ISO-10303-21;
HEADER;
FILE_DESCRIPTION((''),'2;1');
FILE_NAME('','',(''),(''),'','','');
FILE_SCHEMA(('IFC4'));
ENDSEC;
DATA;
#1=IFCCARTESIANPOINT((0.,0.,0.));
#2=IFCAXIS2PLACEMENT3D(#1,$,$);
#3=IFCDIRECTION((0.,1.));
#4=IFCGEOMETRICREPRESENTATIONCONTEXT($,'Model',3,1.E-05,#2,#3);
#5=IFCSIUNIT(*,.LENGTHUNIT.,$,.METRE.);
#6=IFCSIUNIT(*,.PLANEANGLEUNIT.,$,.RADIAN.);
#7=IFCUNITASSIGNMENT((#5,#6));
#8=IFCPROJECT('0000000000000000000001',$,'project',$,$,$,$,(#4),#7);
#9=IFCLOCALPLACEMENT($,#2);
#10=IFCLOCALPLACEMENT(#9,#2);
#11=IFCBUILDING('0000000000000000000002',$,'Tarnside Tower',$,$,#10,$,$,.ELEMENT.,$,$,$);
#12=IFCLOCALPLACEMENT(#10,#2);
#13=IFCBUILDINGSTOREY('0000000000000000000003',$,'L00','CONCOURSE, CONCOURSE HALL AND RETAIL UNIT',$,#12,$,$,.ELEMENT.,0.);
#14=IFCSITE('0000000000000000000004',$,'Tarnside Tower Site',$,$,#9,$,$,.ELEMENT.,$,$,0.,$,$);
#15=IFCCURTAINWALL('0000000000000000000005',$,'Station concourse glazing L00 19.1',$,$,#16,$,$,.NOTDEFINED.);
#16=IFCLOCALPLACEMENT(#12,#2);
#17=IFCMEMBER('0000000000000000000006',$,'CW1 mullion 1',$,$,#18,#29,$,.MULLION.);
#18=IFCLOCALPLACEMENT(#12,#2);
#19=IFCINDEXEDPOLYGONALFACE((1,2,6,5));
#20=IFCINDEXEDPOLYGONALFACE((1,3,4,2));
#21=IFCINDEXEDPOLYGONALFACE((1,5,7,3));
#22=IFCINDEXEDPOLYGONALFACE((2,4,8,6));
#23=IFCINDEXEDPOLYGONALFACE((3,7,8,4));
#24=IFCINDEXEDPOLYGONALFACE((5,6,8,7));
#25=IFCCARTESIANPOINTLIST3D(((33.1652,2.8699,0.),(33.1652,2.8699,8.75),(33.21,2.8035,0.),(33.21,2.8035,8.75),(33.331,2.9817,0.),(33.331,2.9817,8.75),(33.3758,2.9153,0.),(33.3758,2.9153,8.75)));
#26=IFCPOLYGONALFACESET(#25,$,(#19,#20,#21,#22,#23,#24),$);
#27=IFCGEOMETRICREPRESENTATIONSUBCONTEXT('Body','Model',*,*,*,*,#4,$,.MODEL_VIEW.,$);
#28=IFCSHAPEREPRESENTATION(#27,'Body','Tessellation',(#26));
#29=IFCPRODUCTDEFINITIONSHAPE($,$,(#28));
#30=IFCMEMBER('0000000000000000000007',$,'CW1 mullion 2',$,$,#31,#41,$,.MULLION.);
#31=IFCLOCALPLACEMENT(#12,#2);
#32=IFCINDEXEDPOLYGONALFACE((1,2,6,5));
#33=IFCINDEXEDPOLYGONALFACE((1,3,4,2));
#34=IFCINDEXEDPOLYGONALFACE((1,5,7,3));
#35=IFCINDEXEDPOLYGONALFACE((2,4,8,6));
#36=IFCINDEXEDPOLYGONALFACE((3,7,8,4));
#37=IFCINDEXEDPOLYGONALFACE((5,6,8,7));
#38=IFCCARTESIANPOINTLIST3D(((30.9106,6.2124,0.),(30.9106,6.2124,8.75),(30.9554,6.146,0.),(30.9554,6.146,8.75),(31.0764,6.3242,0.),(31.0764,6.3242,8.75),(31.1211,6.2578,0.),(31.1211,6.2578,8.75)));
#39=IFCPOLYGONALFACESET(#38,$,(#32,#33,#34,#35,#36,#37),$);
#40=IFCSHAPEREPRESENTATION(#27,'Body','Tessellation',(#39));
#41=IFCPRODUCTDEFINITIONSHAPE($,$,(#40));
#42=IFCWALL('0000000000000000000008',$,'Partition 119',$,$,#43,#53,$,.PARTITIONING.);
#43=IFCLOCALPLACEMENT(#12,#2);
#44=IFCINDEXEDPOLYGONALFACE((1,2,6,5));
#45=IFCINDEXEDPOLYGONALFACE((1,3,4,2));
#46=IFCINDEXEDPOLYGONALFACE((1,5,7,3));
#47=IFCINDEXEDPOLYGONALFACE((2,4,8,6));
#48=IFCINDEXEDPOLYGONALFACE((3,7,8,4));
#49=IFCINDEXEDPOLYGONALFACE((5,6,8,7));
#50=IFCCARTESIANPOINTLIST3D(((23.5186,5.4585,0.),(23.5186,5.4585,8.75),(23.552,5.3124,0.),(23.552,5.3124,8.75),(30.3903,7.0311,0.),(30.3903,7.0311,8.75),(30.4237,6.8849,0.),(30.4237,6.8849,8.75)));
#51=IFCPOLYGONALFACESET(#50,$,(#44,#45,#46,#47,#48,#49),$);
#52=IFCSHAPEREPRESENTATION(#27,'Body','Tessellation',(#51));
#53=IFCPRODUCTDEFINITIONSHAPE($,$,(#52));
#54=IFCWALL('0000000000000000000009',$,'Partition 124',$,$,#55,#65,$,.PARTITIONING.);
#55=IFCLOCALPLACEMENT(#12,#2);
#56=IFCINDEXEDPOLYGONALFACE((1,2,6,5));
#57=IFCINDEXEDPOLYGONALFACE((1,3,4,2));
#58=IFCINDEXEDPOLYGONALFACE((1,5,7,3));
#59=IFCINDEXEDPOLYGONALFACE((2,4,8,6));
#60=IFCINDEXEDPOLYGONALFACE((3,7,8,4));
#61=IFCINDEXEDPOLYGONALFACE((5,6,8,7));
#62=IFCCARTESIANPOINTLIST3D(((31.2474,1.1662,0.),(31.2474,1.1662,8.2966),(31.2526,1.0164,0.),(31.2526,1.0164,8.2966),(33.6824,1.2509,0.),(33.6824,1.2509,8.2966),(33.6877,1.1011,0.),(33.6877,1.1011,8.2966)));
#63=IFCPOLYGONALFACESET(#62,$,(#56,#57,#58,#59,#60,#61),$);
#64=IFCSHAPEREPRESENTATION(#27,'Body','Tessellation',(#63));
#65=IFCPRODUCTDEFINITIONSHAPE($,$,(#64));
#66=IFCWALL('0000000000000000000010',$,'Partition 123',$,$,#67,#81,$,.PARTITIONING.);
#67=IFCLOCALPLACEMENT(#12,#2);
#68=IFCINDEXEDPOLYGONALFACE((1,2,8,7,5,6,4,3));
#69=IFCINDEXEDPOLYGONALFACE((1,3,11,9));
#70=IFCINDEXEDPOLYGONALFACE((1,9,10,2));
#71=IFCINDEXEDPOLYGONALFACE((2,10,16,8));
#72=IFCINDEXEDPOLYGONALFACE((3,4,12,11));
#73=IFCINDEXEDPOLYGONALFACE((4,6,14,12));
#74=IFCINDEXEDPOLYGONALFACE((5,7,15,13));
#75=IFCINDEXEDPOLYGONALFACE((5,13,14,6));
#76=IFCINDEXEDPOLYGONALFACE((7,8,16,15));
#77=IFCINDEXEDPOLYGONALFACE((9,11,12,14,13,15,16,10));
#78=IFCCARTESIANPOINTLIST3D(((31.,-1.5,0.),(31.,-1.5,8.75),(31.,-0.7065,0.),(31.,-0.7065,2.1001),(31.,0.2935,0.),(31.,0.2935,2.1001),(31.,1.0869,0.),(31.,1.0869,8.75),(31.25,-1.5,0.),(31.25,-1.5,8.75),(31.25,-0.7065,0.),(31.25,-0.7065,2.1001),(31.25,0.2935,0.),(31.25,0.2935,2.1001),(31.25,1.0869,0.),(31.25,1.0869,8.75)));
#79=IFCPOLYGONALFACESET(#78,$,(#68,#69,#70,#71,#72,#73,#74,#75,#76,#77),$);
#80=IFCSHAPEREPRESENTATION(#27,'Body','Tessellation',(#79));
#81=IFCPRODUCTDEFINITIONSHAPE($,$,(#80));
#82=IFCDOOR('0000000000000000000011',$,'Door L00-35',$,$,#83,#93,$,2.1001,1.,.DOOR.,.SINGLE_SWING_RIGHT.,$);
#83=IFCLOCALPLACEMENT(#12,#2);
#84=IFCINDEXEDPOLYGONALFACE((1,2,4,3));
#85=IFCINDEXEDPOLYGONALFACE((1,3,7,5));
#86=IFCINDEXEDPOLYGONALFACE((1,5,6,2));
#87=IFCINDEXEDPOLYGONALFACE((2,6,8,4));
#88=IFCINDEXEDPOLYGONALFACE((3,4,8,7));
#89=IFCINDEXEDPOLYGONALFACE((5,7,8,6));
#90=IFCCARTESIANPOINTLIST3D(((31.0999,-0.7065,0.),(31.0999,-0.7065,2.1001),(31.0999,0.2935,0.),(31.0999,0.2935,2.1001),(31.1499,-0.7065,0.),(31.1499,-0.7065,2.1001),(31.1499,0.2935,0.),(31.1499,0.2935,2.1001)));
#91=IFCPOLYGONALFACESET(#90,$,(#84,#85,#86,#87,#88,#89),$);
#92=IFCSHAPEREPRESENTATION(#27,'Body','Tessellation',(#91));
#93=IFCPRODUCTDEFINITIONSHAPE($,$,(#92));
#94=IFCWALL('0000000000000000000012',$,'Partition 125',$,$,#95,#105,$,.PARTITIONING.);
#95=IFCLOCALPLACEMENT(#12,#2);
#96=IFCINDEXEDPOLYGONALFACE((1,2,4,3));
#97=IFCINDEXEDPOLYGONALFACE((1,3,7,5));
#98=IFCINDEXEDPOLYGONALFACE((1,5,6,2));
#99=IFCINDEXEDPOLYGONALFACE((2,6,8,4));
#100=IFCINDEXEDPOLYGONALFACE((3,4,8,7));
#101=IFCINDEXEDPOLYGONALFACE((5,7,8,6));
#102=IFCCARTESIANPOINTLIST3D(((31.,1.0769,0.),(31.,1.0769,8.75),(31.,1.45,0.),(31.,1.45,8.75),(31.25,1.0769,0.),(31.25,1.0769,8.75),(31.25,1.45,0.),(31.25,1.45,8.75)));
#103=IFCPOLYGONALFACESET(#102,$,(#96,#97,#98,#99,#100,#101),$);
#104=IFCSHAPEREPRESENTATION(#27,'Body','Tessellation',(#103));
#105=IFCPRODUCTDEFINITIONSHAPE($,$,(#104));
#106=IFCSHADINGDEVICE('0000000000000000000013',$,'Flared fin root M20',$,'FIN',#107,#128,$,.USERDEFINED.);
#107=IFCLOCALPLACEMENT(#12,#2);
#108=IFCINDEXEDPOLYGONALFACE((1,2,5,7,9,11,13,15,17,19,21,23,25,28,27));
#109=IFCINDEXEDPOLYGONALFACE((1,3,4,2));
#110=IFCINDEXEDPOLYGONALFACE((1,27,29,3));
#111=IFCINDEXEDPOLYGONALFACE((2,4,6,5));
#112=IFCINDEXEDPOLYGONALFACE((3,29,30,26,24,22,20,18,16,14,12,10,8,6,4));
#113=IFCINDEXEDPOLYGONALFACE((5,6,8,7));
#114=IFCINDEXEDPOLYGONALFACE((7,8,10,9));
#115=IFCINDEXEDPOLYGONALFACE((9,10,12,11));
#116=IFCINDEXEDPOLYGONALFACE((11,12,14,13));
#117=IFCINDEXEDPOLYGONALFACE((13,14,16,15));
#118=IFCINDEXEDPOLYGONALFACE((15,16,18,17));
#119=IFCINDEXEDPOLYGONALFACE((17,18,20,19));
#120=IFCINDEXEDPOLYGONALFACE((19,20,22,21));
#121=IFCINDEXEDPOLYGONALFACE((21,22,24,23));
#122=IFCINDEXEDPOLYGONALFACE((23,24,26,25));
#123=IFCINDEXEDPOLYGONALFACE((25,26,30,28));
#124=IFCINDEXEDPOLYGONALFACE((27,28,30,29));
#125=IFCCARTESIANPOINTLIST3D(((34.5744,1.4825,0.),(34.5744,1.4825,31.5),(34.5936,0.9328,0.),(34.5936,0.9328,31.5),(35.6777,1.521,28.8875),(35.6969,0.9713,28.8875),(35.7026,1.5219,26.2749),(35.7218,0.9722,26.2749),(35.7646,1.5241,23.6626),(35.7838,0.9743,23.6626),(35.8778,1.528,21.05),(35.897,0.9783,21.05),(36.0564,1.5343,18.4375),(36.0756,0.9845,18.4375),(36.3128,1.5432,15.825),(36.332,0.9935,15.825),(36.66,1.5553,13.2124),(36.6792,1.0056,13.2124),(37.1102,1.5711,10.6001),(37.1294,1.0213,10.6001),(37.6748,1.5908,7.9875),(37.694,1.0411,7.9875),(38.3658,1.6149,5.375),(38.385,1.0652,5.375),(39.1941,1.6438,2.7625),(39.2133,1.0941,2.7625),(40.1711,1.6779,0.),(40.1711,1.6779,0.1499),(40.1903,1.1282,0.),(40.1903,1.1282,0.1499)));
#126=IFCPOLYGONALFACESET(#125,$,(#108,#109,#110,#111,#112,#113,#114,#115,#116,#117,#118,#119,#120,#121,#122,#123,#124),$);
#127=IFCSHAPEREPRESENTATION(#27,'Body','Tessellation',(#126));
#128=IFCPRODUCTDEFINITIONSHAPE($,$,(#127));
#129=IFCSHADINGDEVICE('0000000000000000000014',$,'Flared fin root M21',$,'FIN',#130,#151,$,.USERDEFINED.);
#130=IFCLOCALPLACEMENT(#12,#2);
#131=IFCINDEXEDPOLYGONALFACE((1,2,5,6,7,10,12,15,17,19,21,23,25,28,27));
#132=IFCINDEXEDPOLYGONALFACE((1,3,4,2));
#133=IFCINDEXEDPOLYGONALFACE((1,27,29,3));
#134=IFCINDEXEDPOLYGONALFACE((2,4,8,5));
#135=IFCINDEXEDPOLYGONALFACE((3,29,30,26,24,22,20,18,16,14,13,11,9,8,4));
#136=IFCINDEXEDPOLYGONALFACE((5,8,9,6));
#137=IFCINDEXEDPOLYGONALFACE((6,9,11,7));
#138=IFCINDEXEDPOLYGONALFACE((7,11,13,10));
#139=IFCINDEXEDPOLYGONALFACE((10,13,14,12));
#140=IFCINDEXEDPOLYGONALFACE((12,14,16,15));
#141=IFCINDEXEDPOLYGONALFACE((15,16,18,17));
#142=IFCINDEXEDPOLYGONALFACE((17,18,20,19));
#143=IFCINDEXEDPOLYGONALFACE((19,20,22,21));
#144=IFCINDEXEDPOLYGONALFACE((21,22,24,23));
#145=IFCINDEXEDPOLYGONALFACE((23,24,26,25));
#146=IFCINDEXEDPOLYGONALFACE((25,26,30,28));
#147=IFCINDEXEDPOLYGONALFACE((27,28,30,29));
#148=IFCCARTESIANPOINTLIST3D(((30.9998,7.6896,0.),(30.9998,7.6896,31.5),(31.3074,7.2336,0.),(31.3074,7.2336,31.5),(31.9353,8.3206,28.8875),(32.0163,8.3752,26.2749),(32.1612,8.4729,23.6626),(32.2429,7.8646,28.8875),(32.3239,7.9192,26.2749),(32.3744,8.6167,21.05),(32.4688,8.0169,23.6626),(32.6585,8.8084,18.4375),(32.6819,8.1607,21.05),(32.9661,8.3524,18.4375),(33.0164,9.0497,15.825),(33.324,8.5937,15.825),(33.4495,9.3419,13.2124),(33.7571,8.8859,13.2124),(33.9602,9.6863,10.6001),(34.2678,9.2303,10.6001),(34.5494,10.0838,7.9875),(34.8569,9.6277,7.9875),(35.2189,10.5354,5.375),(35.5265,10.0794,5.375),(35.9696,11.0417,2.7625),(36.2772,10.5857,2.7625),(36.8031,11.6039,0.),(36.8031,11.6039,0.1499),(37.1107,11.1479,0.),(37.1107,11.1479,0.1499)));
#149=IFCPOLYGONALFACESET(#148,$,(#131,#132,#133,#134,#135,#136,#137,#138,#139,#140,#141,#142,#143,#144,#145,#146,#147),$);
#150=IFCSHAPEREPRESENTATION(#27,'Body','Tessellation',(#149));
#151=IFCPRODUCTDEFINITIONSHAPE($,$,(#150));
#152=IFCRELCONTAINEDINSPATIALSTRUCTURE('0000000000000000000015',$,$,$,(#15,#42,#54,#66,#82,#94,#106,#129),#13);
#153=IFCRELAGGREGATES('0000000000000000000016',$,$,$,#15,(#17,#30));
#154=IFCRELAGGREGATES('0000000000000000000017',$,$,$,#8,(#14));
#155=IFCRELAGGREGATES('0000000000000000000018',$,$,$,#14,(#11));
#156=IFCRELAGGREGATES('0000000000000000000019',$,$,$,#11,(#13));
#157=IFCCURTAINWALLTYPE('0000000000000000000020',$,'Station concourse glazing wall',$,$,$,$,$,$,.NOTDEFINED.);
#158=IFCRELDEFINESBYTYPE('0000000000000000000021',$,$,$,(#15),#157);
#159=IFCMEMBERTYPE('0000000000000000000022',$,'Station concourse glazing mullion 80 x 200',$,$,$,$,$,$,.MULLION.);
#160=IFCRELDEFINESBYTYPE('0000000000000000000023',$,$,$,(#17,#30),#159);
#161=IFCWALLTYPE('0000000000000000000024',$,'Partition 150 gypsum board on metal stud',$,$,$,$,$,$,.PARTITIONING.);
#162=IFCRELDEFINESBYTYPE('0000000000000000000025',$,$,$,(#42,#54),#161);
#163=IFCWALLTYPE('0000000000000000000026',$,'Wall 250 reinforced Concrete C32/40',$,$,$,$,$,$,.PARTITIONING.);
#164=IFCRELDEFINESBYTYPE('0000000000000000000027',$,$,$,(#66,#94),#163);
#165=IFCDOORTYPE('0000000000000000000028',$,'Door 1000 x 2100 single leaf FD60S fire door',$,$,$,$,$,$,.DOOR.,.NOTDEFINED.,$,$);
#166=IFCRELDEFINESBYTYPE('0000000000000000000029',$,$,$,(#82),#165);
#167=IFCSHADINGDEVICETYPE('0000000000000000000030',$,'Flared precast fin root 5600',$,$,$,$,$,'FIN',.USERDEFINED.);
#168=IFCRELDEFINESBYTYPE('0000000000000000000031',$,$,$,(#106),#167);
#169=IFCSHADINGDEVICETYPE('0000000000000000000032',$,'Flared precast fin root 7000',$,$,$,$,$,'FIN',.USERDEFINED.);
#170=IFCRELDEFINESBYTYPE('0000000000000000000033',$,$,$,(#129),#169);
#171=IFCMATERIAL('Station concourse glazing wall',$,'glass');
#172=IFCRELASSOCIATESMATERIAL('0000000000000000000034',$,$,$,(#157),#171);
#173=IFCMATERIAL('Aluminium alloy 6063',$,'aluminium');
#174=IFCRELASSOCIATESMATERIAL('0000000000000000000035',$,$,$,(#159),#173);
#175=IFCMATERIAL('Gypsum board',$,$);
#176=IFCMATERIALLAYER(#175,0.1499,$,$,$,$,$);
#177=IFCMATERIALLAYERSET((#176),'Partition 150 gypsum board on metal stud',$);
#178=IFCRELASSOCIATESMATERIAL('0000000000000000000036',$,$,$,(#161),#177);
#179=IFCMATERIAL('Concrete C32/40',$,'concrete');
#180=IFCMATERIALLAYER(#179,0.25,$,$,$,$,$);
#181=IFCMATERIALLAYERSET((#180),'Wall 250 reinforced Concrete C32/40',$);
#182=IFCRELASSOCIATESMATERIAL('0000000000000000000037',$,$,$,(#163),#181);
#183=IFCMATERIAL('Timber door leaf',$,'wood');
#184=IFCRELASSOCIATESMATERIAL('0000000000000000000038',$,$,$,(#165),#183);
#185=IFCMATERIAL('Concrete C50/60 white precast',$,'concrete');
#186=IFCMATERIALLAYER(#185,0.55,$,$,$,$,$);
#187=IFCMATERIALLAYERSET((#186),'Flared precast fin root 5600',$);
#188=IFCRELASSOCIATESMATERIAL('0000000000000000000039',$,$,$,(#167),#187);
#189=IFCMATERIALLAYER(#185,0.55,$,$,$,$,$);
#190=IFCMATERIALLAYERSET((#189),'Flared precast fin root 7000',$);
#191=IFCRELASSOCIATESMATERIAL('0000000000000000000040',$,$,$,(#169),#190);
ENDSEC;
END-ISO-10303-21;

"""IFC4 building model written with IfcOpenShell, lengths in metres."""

from ifc_helpers import new_model, si_unit, direction, frame, frame_2d, origin, origin_2d, place, context, subcontext, project, spatial, polyline, rectangle, outline, extrude, material, layer, layer_set, material_profile, profile_set, type_object, element, fill, aggregate, save


model = new_model("IFC4")

# Units and contexts
model_context = context("Model", 3, precision=1e-05, world=origin(), true_north=direction((0.0, 1.0)))
body_context = subcontext(model_context, "Body", "Model", "MODEL_VIEW")
ifc_project = project(units=[si_unit("LENGTHUNIT", "METRE"), si_unit("PLANEANGLEUNIT", "RADIAN")], contexts=[model_context])

# Site, building, storey
site_placement = place(None, origin())
site = spatial("IfcSite", under=ifc_project, at=site_placement, Name="Tarnside Tower Site", CompositionType="ELEMENT", RefElevation=0.0)
building_placement = place(site_placement, origin())
building = spatial("IfcBuilding", under=site, at=building_placement, Name="Tarnside Tower", CompositionType="ELEMENT")
storey_placement = place(building_placement, origin())
storey = spatial("IfcBuildingStorey", under=building, at=storey_placement, Name="L00", Description="CONCOURSE, CONCOURSE HALL AND RETAIL UNIT", CompositionType="ELEMENT", Elevation=0.0)

# Shared definitions
ifc_material_1 = material(Name="Aluminium alloy 6063", Category="aluminium")
ifc_material_2 = material(Name="Station concourse glazing wall", Category="glass")
curtain_wall_type_1 = type_object("IfcCurtainWallType", Name="Station concourse glazing wall", PredefinedType="NOTDEFINED", material=ifc_material_2)
ifc_material_profile_1 = material_profile(ifc_material_1, rectangle(XDim=0.2, YDim=0.0801, at=origin_2d()), Name="Station concourse glazing mullion 80 x 200")
ifc_profile_set_1 = profile_set([ifc_material_profile_1], Name="Aluminium alloy 6063")
member_type_1 = type_object("IfcMemberType", Name="Station concourse glazing mullion 80 x 200", PredefinedType="MULLION", material=ifc_profile_set_1)

# Curtain wall, members
curtain_wall_1_placement = place(storey_placement, origin())
curtain_wall_1 = element("IfcCurtainWall", 1, at=curtain_wall_1_placement, inside=storey, type_object=curtain_wall_type_1, Name="Station concourse glazing L00 19.1", PredefinedType="NOTDEFINED")
member_1_placement = place(storey_placement, frame((33.2705, 2.8926, 0.0), z_axis=(0.0, 0.0, 1.0), x_axis=(-0.829038, -0.559193, 0.0)))
member_1 = element("IfcMember", 2, at=member_1_placement, type_object=member_type_1, Name="CW1 mullion 1", PredefinedType="MULLION", context=body_context, shape_type="SweptSolid", body=[
    extrude(rectangle(XDim=0.2, YDim=0.0801, at=origin_2d()), origin(), (0.0, 0.0, 1.0), 8.75),
])
member_2_placement = place(storey_placement, frame((31.0159, 6.2351, 0.0), z_axis=(0.0, 0.0, 1.0), x_axis=(-0.829038, -0.559193, 0.0)))
member_2 = element("IfcMember", 3, at=member_2_placement, type_object=member_type_1, Name="CW1 mullion 2", PredefinedType="MULLION", context=body_context, shape_type="SweptSolid", body=[
    extrude(rectangle(XDim=0.2, YDim=0.0801, at=origin_2d()), origin(), (0.0, 0.0, 1.0), 8.75),
])
aggregate(curtain_wall_1, [member_1, member_2])

# Walls
ifc_material_3 = material(Name="Gypsum board")
ifc_layer_1 = layer(ifc_material_3, 0.1499)
ifc_layer_set_1 = layer_set([ifc_layer_1], Name="Partition 150 gypsum board on metal stud")
wall_type_1 = type_object("IfcWallType", Name="Partition 150 gypsum board on metal stud", PredefinedType="PARTITIONING", material=ifc_layer_set_1)
wall_1_placement = place(storey_placement, frame((30.407, 6.958, 0.0), z_axis=(0.0, 0.0, 1.0), x_axis=(-0.974801, -0.223076, 0.0)))
element("IfcWall", 4, at=wall_1_placement, inside=storey, type_object=wall_type_1, Name="Partition 119", PredefinedType="PARTITIONING", context=body_context, shape_type="SweptSolid", body=[
    extrude(rectangle(XDim=7.0493, YDim=0.1499, at=frame_2d((3.5247, 0.0))), origin(), (0.0, 0.0, 1.0), 8.75),
])
wall_2_placement = place(storey_placement, frame((31.25, 1.0913, 0.0), z_axis=(0.0, 0.0, 1.0), x_axis=(0.999395, 0.034769, 0.0)))
element("IfcWall", 5, at=wall_2_placement, inside=storey, type_object=wall_type_1, Name="Partition 124", PredefinedType="PARTITIONING", context=body_context, shape_type="SweptSolid", body=[
    extrude(rectangle(XDim=2.4365, YDim=0.1499, at=frame_2d((1.2183, 0.0))), origin(), (0.0, 0.0, 1.0), 8.2966),
])

# Wall, opening, door
ifc_material_4 = material(Name="Concrete C32/40", Category="concrete")
ifc_layer_2 = layer(ifc_material_4, 0.25)
ifc_layer_set_2 = layer_set([ifc_layer_2], Name="Wall 250 reinforced Concrete C32/40")
wall_type_2 = type_object("IfcWallType", Name="Wall 250 reinforced Concrete C32/40", PredefinedType="PARTITIONING", material=ifc_layer_set_2)
wall_3_placement = place(storey_placement, frame((31.125, 1.0869, 0.0), z_axis=(0.0, 0.0, 1.0), x_axis=(0.0, -1.0, 0.0)))
wall_3 = element("IfcWall", 6, at=wall_3_placement, inside=storey, type_object=wall_type_2, Name="Partition 123", PredefinedType="PARTITIONING", context=body_context, shape_type="SweptSolid", body=[
    extrude(rectangle(XDim=2.5869, YDim=0.25, at=frame_2d((1.2935, 0.0))), origin(), (0.0, 0.0, 1.0), 8.75),
])
opening_placement = place(wall_3_placement, frame((0.7935, 0.0, 0.0)))
opening = element("IfcOpeningElement", 7, at=opening_placement, cuts=wall_3, PredefinedType="OPENING", context=body_context, shape_type="SweptSolid", body=[
    extrude(rectangle(XDim=1.0, YDim=2.1001, at=frame_2d((0.5, 1.05))), frame((0.0, 0.135, 0.0), z_axis=(0.0, -1.0, 0.0), x_axis=(1.0, 0.0, 0.0)), (0.0, 0.0, 1.0), 0.27),
])
ifc_material_5 = material(Name="Timber door leaf", Category="wood")
door_type = type_object("IfcDoorType", Name="Door 1000 x 2100 single leaf FD60S fire door", OperationType="NOTDEFINED", PredefinedType="DOOR", material=ifc_material_5)
door_placement = place(opening_placement, origin())
door = element("IfcDoor", 8, at=door_placement, inside=storey, type_object=door_type, Name="Door L00-35", OperationType="SINGLE_SWING_RIGHT", OverallHeight=2.1001, OverallWidth=1.0, PredefinedType="DOOR", context=body_context, shape_type="SweptSolid", body=[
    extrude(rectangle(XDim=1.0, YDim=2.1001, at=frame_2d((0.5, 1.05))), frame((0.0, 0.0249, 0.0), z_axis=(0.0, -1.0, 0.0), x_axis=(1.0, 0.0, 0.0)), (0.0, 0.0, 1.0), 0.05),
])
fill(opening, door)

# Wall
wall_4_placement = place(storey_placement, frame((31.125, 1.45, 0.0), z_axis=(0.0, 0.0, 1.0), x_axis=(0.0, -1.0, 0.0)))
element("IfcWall", 9, at=wall_4_placement, inside=storey, type_object=wall_type_2, Name="Partition 125", PredefinedType="PARTITIONING", context=body_context, shape_type="SweptSolid", body=[
    extrude(rectangle(XDim=0.373, YDim=0.25, at=frame_2d((0.1865, 0.0))), origin(), (0.0, 0.0, 1.0), 8.75),
])

# Shading devices
ifc_material_6 = material(Name="Concrete C50/60 white precast", Category="concrete")
ifc_layer_3 = layer(ifc_material_6, 0.55)
ifc_layer_set_3 = layer_set([ifc_layer_3], Name="Flared precast fin root 5600")
shading_device_type_1 = type_object("IfcShadingDeviceType", Name="Flared precast fin root 5600", ElementType="FIN", PredefinedType="USERDEFINED", material=ifc_layer_set_3)
shading_device_1_placement = place(storey_placement, frame((34.584, 1.2078, 0.0), z_axis=(0.034899, -0.999391, 0.0), x_axis=(0.999391, 0.034899, 0.0)))
element("IfcShadingDevice", 10, at=shading_device_1_placement, inside=storey, type_object=shading_device_type_1, Name="Flared fin root M20", ObjectType="FIN", PredefinedType="USERDEFINED", context=body_context, shape_type="SweptSolid", body=[
    extrude(outline(polyline([(0.0, 0.0), (5.6001, 0.0), (5.6001, 0.1499), (4.6226, 2.7625), (3.7937, 5.375), (3.1023, 7.9875), (2.5374, 10.6001), (2.0869, 13.2124), (1.7395, 15.825), (1.4829, 18.4375), (1.3042, 21.05), (1.1909, 23.6626), (1.1289, 26.2749), (1.104, 28.8875), (0.0, 31.5), (0.0, 0.0)])), frame((0.0, 0.0, -0.2749)), (0.0, 0.0, 1.0), 0.55),
])
ifc_layer_4 = layer(ifc_material_6, 0.55)
ifc_layer_set_4 = layer_set([ifc_layer_4], Name="Flared precast fin root 7000")
shading_device_type_2 = type_object("IfcShadingDeviceType", Name="Flared precast fin root 7000", ElementType="FIN", PredefinedType="USERDEFINED", material=ifc_layer_set_4)
shading_device_2_placement = place(storey_placement, frame((31.1536, 7.4617, 0.0), z_axis=(0.559193, -0.829038, 0.0), x_axis=(0.829038, 0.559193, 0.0)))
element("IfcShadingDevice", 11, at=shading_device_2_placement, inside=storey, type_object=shading_device_type_2, Name="Flared fin root M21", ObjectType="FIN", PredefinedType="USERDEFINED", context=body_context, shape_type="SweptSolid", body=[
    extrude(outline(polyline([(0.0, 0.0), (7.0, 0.0), (7.0, 0.1499), (5.9946, 2.7625), (5.0891, 5.375), (4.2815, 7.9875), (3.5708, 10.6001), (2.9548, 13.2124), (2.4324, 15.825), (2.0007, 18.4375), (1.658, 21.05), (1.4009, 23.6626), (1.2261, 26.2749), (1.1284, 28.8875), (0.0, 31.5), (0.0, 0.0)])), frame((0.0, 0.0, -0.2749)), (0.0, 0.0, 1.0), 0.55),
])

save(model, "model.ifc")
